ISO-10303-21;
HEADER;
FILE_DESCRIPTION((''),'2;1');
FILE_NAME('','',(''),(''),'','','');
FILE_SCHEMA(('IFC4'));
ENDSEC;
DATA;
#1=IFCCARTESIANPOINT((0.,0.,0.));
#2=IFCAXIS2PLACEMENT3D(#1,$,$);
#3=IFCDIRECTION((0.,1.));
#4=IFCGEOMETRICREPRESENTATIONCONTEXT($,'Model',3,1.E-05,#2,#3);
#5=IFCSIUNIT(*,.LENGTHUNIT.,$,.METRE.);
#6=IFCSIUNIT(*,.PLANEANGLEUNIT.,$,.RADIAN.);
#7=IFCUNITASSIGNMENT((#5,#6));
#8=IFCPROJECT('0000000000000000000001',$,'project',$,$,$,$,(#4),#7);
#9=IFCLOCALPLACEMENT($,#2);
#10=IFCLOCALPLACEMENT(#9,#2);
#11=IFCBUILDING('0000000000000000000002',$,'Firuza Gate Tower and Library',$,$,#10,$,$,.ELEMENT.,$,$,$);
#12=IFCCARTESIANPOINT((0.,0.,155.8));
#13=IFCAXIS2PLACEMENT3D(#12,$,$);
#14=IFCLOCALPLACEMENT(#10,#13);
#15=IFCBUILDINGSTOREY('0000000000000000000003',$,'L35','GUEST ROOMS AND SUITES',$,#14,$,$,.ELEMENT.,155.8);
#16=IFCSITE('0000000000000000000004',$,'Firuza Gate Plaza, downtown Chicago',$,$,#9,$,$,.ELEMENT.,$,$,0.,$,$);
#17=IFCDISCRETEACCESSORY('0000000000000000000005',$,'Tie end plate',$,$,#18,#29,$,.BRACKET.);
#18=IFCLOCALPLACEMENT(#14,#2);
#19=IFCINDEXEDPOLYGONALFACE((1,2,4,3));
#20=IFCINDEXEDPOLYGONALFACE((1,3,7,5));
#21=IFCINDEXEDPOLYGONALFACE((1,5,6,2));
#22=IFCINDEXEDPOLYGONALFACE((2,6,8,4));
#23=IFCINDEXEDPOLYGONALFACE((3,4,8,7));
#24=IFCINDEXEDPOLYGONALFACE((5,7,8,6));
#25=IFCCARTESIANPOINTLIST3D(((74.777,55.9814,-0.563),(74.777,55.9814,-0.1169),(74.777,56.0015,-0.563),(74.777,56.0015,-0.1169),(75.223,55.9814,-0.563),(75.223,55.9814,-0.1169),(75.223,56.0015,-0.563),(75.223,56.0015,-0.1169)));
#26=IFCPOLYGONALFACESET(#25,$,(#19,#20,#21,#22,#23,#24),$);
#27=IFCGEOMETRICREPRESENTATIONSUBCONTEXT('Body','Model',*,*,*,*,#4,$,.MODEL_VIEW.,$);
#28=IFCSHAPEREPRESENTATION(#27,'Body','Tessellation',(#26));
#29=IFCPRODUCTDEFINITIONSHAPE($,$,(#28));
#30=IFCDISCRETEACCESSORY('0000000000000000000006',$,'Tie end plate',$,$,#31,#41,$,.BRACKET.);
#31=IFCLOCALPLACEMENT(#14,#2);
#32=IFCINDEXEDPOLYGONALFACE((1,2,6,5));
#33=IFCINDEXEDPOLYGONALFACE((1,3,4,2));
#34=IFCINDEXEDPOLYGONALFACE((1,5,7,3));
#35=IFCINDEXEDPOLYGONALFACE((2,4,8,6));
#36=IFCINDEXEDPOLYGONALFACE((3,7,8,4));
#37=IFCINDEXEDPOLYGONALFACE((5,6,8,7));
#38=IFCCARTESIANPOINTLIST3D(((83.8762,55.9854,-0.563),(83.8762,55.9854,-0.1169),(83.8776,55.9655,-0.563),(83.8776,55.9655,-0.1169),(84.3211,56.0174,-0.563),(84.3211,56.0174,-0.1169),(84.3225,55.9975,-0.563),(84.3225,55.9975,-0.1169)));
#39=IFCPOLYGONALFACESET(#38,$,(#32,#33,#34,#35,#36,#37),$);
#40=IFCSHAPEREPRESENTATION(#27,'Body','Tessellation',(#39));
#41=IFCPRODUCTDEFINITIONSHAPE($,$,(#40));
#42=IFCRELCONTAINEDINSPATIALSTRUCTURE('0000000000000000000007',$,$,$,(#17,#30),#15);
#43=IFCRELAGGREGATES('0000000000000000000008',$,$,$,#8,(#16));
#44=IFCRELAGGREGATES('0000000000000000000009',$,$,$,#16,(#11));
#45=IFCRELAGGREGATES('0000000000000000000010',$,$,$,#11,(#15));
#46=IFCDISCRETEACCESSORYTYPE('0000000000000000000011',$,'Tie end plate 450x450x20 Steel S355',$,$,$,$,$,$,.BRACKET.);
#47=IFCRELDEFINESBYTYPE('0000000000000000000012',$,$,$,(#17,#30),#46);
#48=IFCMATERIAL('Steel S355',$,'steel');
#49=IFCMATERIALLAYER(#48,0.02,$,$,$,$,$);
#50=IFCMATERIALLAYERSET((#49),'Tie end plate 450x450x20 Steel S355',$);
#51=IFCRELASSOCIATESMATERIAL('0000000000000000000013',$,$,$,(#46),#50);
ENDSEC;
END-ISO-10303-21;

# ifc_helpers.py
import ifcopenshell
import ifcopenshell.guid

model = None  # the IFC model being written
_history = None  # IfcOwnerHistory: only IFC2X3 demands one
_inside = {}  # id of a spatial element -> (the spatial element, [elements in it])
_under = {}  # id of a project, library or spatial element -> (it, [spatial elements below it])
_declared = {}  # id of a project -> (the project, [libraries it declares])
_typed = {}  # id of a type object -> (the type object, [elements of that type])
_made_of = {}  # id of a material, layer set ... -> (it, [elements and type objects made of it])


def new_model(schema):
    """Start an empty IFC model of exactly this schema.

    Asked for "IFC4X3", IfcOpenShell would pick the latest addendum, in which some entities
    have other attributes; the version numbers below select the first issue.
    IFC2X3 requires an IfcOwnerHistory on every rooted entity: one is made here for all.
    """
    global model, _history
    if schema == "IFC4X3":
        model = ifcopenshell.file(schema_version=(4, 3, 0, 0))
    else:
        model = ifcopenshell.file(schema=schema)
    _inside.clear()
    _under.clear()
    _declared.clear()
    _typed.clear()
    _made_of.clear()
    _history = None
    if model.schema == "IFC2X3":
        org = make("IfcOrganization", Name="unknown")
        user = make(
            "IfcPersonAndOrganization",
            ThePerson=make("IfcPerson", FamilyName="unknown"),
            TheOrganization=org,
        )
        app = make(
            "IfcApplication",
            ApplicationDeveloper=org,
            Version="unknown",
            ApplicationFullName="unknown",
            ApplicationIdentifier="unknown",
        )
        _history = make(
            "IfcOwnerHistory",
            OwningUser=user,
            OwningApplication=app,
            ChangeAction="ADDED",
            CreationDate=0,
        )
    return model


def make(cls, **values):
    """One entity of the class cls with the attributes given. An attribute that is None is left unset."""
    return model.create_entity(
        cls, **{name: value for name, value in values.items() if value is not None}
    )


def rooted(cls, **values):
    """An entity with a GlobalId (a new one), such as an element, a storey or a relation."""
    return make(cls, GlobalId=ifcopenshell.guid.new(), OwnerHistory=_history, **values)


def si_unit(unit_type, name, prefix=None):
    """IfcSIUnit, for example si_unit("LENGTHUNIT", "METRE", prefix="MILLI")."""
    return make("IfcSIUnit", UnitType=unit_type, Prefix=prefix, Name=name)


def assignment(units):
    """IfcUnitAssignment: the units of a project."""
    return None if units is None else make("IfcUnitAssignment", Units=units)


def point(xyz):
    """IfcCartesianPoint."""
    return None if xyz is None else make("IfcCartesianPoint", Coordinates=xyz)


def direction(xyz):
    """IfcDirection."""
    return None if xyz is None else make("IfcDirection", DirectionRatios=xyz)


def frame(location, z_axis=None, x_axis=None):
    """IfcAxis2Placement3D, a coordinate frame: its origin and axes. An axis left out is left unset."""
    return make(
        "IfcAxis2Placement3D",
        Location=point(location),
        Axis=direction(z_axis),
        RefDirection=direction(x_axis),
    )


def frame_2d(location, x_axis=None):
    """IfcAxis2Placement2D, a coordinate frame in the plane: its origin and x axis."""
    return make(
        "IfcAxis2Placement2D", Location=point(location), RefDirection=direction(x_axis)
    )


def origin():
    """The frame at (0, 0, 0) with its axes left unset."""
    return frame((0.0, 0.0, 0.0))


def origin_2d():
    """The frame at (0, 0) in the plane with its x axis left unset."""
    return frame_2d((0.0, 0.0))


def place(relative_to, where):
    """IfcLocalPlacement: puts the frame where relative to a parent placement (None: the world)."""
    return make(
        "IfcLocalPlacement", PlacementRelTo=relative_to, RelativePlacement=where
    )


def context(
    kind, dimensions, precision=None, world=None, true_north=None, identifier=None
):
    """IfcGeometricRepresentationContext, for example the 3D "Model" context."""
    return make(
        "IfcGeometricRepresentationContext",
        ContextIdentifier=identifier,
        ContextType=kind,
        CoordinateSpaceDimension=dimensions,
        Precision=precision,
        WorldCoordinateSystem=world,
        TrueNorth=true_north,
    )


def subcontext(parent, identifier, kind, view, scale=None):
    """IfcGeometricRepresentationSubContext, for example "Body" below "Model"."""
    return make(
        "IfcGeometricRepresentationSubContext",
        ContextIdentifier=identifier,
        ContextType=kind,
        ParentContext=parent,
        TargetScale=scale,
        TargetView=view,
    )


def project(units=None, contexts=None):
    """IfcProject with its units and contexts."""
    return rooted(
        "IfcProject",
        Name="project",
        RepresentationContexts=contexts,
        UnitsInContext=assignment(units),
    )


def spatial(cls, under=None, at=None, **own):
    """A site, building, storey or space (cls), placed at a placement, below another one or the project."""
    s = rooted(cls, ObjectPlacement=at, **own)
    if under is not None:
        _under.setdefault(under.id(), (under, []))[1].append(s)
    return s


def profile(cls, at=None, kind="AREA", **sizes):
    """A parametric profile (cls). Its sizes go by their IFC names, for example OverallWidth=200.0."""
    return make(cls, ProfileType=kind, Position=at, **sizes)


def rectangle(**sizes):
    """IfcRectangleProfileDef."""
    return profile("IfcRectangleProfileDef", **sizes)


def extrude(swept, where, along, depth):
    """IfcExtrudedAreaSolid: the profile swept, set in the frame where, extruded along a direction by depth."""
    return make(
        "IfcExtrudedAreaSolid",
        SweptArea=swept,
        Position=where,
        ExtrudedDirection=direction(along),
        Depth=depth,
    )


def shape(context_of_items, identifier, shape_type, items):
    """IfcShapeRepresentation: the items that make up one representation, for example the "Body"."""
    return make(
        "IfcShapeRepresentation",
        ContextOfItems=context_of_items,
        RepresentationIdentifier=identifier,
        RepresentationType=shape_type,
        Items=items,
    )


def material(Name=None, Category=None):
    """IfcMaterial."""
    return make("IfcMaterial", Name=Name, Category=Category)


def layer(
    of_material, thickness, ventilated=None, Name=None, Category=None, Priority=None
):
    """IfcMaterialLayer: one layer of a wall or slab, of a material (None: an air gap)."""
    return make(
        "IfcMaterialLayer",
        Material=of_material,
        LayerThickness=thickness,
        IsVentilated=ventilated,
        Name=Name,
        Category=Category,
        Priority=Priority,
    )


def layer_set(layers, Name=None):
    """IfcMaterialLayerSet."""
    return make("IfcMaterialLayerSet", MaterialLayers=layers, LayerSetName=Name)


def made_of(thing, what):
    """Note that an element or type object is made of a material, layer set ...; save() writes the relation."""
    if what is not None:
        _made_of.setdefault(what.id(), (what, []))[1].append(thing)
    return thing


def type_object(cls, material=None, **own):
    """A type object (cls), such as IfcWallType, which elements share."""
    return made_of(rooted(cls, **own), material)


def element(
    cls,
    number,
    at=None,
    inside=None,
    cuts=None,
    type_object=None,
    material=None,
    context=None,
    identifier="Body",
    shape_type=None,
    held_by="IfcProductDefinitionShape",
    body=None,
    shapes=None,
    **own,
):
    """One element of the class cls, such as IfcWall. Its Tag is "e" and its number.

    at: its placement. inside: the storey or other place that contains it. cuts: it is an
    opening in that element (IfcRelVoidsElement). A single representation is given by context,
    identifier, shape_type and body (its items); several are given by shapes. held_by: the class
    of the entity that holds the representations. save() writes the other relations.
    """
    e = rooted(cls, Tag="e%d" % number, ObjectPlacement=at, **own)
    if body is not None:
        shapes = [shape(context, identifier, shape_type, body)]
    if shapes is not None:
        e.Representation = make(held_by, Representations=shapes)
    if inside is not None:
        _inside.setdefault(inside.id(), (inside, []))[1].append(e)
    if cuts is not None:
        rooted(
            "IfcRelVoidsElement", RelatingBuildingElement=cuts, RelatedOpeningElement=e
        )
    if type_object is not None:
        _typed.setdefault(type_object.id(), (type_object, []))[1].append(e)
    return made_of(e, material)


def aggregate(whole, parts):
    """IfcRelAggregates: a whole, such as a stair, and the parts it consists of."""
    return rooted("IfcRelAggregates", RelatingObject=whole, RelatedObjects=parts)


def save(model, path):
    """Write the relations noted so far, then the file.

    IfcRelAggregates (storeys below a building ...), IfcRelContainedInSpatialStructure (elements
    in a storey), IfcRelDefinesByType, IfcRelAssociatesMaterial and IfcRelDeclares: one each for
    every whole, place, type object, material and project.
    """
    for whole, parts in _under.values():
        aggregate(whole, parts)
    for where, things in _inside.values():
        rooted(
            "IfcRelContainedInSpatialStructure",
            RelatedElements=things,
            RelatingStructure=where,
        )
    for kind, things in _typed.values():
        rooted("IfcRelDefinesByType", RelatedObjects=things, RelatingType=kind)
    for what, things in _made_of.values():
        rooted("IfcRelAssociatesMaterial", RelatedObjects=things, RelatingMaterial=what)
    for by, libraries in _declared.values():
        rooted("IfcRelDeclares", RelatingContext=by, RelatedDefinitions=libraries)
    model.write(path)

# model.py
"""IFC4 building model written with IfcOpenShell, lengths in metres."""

from ifc_helpers import new_model, si_unit, direction, frame, origin, origin_2d, place, context, subcontext, project, spatial, rectangle, extrude, material, layer, layer_set, type_object, element, save


model = new_model("IFC4")

# Units and contexts
model_context = context("Model", 3, precision=1e-05, world=origin(), true_north=direction((0.0, 1.0)))
body_context = subcontext(model_context, "Body", "Model", "MODEL_VIEW")
ifc_project = project(units=[si_unit("LENGTHUNIT", "METRE"), si_unit("PLANEANGLEUNIT", "RADIAN")], contexts=[model_context])

# Site, building, storey
site_placement = place(None, origin())
site = spatial("IfcSite", under=ifc_project, at=site_placement, Name="Firuza Gate Plaza, downtown Chicago", CompositionType="ELEMENT", RefElevation=0.0)
building_placement = place(site_placement, origin())
building = spatial("IfcBuilding", under=site, at=building_placement, Name="Firuza Gate Tower and Library", CompositionType="ELEMENT")
storey_placement = place(building_placement, frame((0.0, 0.0, 155.8)))
storey = spatial("IfcBuildingStorey", under=building, at=storey_placement, Name="L35", Description="GUEST ROOMS AND SUITES", CompositionType="ELEMENT", Elevation=155.8)

# Discrete accessories
ifc_material_1 = material(Name="Steel S355", Category="steel")
ifc_layer_1 = layer(ifc_material_1, 0.02)
ifc_layer_set_1 = layer_set([ifc_layer_1], Name="Tie end plate 450x450x20 Steel S355")
discrete_accessory_type = type_object("IfcDiscreteAccessoryType", Name="Tie end plate 450x450x20 Steel S355", PredefinedType="BRACKET", material=ifc_layer_set_1)
for number, where, z_axis, x_axis, name in (
    (1, (75.0, 55.9915, -0.563), (0.0, 0.0, 1.0), (0.0, 1.0, 0.0), "Tie end plate"),
    (2, (84.0994, 55.9915, -0.563), (0.0, 0.0, 1.0), (-0.071701, 0.997426, 0.0), "Tie end plate"),
):
    element("IfcDiscreteAccessory", number, at=place(storey_placement, frame(where, z_axis=z_axis, x_axis=x_axis)), inside=storey, type_object=discrete_accessory_type, Name=name, PredefinedType="BRACKET", context=body_context, shape_type="SweptSolid", body=[
        extrude(rectangle(XDim=0.02, YDim=0.446, at=origin_2d()), origin(), (0.0, 0.0, 1.0), 0.446),
    ])

save(model, "model.ifc")
